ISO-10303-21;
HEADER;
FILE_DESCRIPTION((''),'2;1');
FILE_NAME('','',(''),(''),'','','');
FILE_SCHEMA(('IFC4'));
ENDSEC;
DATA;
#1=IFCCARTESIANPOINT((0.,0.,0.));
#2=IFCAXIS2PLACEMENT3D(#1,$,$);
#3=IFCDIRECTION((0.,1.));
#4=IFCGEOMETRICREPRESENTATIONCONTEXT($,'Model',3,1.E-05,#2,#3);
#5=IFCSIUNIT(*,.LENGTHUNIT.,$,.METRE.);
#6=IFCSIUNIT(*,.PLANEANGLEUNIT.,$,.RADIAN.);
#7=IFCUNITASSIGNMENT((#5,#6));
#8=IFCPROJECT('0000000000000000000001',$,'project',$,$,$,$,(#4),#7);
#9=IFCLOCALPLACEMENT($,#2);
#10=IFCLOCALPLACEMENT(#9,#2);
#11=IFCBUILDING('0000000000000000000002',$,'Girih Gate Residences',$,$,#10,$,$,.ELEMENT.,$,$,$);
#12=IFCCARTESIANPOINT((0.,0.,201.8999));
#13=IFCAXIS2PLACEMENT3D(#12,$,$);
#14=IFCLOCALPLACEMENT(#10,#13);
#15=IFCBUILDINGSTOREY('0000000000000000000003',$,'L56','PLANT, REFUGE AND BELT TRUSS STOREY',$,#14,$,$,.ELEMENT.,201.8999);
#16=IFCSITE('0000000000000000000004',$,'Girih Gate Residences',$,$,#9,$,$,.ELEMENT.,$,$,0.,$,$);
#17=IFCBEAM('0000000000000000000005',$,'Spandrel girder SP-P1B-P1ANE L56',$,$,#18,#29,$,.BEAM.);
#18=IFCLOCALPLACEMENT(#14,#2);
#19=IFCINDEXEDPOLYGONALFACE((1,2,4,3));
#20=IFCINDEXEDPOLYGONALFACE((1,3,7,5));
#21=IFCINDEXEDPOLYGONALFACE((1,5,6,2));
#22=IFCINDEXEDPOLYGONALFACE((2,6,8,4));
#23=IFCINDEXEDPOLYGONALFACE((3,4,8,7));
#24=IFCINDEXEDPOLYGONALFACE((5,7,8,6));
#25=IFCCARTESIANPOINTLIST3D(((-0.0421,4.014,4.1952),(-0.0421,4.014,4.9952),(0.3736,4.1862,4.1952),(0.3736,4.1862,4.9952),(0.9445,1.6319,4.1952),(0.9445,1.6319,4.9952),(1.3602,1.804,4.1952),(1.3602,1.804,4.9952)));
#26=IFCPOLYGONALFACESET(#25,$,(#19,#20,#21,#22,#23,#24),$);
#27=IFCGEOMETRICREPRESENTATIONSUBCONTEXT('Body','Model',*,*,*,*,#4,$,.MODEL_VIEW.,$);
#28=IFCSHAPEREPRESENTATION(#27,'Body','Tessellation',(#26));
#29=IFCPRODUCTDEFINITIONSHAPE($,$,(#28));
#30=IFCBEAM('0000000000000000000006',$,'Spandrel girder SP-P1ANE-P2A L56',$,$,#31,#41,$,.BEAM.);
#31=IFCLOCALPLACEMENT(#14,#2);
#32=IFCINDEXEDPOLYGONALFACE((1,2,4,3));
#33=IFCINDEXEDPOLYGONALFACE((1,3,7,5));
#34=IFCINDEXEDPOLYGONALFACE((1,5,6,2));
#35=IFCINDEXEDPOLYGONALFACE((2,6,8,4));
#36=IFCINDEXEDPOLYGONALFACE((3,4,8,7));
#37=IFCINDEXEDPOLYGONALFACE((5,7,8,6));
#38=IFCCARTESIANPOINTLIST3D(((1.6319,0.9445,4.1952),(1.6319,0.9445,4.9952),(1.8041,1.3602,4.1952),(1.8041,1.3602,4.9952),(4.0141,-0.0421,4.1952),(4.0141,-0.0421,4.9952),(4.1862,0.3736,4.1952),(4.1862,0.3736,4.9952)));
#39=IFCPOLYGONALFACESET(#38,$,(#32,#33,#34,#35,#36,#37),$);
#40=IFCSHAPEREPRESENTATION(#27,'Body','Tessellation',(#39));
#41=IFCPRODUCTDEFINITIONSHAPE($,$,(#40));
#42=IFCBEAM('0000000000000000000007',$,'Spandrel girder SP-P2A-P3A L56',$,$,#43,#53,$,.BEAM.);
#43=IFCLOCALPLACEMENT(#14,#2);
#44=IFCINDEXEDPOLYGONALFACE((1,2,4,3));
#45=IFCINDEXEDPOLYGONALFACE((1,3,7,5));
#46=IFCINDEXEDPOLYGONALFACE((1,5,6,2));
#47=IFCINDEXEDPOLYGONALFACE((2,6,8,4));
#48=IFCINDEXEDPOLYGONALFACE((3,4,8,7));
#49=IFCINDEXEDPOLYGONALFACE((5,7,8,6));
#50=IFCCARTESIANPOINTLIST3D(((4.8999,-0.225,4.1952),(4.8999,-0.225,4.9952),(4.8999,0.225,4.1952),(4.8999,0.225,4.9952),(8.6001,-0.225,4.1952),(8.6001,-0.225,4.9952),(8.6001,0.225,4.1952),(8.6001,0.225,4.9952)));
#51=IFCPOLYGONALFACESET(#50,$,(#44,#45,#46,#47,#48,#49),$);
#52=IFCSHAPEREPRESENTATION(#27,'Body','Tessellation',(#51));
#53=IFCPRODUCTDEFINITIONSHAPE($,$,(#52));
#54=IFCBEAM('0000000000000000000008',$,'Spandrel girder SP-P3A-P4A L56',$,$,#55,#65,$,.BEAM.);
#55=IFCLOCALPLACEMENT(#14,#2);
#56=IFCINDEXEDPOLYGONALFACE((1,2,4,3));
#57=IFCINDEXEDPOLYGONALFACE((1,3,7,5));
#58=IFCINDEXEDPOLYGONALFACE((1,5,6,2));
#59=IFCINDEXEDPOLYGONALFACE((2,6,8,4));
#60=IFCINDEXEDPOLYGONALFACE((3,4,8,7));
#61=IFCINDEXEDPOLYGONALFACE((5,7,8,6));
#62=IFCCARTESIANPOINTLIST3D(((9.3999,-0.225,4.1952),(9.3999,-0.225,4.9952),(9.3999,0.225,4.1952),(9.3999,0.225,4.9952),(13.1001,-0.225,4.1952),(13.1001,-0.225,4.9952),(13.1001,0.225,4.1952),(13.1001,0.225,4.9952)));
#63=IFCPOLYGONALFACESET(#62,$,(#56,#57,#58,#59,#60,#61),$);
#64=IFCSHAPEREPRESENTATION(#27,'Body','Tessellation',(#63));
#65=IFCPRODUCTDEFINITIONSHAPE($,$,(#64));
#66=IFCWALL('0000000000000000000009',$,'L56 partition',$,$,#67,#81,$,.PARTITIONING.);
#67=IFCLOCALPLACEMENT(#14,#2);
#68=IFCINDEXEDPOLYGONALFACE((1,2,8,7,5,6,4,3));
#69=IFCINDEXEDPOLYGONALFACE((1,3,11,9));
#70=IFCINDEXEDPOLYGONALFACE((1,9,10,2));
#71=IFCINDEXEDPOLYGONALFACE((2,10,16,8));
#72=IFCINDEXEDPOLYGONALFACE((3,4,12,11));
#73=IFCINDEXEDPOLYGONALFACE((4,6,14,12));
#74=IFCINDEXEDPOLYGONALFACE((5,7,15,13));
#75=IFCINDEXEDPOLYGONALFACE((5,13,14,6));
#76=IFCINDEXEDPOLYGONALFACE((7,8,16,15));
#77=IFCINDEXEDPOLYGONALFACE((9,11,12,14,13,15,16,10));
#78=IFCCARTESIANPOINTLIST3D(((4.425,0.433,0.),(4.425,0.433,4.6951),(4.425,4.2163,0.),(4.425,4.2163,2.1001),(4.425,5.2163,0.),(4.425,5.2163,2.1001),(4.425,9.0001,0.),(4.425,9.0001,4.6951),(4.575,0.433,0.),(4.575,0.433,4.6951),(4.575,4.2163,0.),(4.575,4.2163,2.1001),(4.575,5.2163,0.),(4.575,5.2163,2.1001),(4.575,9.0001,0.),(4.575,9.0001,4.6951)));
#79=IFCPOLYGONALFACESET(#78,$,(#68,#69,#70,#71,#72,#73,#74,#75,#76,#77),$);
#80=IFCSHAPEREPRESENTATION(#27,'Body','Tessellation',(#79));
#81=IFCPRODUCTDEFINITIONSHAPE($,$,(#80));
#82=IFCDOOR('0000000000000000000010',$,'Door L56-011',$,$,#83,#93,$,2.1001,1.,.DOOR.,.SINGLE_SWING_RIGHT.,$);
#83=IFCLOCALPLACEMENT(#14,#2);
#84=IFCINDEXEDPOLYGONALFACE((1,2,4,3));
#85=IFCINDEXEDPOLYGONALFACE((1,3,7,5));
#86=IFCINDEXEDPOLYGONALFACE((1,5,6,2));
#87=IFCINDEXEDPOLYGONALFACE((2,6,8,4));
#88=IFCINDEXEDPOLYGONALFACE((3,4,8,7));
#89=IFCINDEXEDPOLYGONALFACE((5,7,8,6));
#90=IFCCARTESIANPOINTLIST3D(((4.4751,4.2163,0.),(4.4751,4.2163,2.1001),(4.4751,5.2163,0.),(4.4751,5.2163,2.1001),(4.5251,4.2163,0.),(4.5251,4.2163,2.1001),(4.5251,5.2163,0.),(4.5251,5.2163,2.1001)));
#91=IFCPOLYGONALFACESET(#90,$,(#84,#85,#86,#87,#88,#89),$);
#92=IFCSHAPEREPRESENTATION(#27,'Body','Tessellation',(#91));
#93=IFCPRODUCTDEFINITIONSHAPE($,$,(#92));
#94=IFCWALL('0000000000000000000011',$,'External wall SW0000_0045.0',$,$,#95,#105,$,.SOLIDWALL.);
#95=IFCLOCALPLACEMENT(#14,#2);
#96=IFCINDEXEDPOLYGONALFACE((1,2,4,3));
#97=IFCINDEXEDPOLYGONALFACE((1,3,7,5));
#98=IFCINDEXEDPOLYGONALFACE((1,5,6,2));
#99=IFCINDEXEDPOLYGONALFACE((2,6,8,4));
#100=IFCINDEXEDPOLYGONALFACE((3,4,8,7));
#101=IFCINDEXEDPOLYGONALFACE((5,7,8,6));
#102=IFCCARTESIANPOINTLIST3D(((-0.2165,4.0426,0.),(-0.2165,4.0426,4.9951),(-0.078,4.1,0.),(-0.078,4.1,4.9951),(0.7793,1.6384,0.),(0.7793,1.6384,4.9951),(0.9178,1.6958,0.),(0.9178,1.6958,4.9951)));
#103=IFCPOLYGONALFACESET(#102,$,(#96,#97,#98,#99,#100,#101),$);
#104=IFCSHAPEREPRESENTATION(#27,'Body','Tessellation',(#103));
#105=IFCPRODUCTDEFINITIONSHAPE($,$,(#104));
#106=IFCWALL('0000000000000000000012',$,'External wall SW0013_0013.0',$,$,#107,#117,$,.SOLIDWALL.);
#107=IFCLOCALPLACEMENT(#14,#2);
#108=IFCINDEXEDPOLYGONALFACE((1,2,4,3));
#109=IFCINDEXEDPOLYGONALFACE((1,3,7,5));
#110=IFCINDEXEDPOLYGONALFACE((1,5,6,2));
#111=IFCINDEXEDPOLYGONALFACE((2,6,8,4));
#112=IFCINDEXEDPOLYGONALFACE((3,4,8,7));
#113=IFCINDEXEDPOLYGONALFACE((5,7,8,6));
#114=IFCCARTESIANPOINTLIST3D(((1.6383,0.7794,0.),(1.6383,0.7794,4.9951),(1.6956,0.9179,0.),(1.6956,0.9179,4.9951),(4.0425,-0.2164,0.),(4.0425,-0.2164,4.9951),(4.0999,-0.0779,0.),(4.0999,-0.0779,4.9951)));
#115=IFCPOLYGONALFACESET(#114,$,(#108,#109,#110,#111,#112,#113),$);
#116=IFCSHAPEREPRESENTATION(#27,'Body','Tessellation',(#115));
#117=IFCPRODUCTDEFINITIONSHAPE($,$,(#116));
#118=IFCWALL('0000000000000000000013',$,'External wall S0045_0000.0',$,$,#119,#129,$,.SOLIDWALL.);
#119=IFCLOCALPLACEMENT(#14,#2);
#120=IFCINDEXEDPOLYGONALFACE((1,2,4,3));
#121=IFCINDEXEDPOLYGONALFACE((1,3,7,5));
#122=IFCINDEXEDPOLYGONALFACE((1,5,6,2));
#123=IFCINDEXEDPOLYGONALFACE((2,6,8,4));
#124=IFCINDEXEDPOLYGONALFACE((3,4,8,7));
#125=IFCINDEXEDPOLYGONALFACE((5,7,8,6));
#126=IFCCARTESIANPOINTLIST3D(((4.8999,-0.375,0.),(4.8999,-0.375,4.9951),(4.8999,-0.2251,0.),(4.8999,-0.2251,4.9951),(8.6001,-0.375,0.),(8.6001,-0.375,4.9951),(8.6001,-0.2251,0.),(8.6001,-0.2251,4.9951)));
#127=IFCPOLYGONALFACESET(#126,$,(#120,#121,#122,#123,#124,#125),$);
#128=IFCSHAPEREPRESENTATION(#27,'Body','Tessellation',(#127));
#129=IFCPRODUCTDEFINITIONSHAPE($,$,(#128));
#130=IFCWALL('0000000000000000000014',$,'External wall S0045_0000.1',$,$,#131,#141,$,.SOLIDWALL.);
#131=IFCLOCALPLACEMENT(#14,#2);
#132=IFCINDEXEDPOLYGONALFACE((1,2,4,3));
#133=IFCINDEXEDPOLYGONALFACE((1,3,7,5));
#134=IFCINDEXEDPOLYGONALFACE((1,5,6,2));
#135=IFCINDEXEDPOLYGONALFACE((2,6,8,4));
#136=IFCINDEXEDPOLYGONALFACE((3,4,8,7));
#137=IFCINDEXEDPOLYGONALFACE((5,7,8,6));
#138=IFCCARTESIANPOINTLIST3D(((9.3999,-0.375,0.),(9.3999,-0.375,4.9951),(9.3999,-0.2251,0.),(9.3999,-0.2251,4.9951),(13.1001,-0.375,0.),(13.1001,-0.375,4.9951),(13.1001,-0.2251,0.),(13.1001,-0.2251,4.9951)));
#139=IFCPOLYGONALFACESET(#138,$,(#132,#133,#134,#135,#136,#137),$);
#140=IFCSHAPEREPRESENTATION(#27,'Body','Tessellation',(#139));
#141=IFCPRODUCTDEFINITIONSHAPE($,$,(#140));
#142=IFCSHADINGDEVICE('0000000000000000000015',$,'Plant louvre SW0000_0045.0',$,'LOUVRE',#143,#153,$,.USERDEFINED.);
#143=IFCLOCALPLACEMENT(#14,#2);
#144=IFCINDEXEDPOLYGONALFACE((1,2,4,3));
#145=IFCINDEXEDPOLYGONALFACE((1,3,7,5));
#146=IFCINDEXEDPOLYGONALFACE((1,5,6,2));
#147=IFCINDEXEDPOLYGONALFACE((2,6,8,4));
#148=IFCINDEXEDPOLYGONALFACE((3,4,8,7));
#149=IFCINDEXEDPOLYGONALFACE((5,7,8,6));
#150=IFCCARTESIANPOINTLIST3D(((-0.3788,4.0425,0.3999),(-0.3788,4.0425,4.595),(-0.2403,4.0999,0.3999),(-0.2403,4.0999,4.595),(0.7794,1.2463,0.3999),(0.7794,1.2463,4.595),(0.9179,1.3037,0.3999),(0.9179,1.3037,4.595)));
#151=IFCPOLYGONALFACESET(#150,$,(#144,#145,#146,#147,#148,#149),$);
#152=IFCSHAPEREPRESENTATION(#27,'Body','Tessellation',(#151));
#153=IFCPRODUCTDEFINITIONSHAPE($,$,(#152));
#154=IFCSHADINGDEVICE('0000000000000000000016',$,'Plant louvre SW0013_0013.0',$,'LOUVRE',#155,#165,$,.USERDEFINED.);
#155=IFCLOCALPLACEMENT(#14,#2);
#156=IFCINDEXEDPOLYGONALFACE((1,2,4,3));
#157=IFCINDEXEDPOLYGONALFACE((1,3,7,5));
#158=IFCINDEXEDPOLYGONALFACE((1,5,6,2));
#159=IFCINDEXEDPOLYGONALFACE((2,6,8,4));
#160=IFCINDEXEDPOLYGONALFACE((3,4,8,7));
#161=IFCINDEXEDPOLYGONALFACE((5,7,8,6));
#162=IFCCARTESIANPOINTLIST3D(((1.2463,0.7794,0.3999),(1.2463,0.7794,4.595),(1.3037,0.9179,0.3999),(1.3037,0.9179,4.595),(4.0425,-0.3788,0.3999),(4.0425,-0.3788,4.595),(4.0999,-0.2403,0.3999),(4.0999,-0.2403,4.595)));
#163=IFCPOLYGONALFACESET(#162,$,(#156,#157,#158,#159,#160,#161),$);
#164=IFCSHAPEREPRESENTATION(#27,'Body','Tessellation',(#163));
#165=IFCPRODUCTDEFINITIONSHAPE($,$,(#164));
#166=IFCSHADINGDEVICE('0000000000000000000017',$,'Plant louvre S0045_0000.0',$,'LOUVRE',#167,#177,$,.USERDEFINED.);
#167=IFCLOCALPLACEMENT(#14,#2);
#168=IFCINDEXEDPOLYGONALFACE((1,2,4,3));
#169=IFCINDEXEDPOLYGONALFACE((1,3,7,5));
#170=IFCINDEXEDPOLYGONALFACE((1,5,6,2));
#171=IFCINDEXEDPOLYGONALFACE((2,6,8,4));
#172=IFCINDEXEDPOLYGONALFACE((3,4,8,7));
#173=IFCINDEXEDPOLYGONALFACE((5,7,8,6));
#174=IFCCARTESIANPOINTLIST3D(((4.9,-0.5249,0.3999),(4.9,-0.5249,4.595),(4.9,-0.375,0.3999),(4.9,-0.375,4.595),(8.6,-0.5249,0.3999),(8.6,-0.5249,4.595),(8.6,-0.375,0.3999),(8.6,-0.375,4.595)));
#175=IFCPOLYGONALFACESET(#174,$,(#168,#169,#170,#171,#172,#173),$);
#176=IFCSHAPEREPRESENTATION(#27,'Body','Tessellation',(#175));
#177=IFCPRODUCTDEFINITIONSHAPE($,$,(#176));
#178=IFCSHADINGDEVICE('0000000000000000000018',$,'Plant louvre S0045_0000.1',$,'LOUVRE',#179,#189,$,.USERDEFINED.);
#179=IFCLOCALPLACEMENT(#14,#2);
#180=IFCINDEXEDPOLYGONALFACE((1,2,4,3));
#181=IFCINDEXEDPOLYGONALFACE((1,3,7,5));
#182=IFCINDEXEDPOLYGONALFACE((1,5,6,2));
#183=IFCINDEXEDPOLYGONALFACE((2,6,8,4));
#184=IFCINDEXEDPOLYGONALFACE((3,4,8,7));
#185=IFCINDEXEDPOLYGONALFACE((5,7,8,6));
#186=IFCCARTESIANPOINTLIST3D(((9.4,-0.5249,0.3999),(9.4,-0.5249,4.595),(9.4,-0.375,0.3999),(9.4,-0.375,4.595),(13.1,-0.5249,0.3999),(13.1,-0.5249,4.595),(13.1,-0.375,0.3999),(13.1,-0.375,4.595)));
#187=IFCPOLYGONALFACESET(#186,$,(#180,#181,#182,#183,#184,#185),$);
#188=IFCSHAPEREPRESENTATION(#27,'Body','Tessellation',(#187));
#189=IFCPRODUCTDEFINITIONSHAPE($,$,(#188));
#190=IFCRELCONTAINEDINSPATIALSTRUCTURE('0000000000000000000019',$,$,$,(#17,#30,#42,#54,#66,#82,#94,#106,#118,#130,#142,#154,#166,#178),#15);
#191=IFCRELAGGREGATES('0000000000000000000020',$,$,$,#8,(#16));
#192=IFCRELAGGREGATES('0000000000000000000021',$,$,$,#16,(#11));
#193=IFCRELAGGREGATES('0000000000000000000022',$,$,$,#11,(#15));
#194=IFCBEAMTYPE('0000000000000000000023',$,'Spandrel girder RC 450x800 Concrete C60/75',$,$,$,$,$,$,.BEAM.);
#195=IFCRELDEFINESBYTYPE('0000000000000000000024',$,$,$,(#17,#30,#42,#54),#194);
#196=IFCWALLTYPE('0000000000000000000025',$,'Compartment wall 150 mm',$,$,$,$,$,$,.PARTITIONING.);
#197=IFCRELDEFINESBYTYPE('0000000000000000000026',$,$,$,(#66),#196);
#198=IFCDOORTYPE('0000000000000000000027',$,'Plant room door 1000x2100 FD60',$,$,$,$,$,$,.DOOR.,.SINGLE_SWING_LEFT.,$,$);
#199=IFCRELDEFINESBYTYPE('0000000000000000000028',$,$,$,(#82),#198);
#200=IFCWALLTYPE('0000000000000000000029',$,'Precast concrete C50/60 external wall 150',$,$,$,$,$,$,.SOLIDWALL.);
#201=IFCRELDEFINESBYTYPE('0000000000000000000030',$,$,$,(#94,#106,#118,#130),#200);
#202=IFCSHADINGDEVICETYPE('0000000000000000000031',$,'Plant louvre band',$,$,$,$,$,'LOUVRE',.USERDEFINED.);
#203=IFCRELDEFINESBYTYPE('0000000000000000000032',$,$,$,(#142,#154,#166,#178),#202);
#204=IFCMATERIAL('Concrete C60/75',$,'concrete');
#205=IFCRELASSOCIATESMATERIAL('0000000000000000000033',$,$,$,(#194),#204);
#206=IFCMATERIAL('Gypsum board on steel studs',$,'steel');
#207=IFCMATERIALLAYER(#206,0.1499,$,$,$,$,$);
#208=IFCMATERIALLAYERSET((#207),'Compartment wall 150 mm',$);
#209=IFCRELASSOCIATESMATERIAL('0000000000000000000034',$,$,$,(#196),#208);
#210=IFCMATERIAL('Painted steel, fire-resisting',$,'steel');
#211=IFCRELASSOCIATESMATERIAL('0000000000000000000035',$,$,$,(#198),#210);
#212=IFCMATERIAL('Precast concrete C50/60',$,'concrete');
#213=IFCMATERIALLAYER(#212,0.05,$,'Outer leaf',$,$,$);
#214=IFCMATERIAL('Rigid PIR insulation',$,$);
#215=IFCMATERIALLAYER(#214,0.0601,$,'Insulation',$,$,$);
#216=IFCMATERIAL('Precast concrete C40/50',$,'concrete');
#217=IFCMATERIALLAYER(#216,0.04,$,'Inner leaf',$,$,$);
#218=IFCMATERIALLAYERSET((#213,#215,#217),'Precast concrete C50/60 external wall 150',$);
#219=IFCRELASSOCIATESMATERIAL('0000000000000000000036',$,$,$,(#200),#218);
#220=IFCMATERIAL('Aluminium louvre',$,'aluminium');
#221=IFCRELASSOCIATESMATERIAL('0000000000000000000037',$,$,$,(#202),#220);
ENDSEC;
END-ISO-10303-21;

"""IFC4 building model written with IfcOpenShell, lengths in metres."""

from ifc_helpers import new_model, si_unit, direction, frame, frame_2d, origin, origin_2d, place, context, subcontext, project, spatial, rectangle, extrude, material, layer, layer_set, material_profile, profile_set, type_object, element, fill, save


model = new_model("IFC4")

# Units and contexts
model_context = context("Model", 3, precision=1e-05, world=origin(), true_north=direction((0.0, 1.0)))
body_context = subcontext(model_context, "Body", "Model", "MODEL_VIEW")
ifc_project = project(units=[si_unit("LENGTHUNIT", "METRE"), si_unit("PLANEANGLEUNIT", "RADIAN")], contexts=[model_context])

# Site, building, storey
site_placement = place(None, origin())
site = spatial("IfcSite", under=ifc_project, at=site_placement, Name="Girih Gate Residences", CompositionType="ELEMENT", RefElevation=0.0)
building_placement = place(site_placement, origin())
building = spatial("IfcBuilding", under=site, at=building_placement, Name="Girih Gate Residences", CompositionType="ELEMENT")
storey_placement = place(building_placement, frame((0.0, 0.0, 201.8999)))
storey = spatial("IfcBuildingStorey", under=building, at=storey_placement, Name="L56", Description="PLANT, REFUGE AND BELT TRUSS STOREY", CompositionType="ELEMENT", Elevation=201.8999)

# Shared definitions
ifc_material_1 = material(Name="Concrete C60/75", Category="concrete")

# Beams
ifc_material_profile_1 = material_profile(ifc_material_1, rectangle(XDim=0.45, YDim=0.8, at=origin_2d()))
ifc_profile_set_1 = profile_set([ifc_material_profile_1], Name="Concrete C60/75")
beam_type = type_object("IfcBeamType", Name="Spandrel girder RC 450x800 Concrete C60/75", PredefinedType="BEAM", material=ifc_profile_set_1)
for number, where, z_axis, x_axis, name in (
    (1, (0.1658, 4.1001, 4.5952), (0.382644, -0.923896, 0.0), (0.923896, 0.382644, 0.0), "Spandrel girder SP-P1B-P1ANE L56"),
    (2, (1.718, 1.1523, 4.5952), (0.923896, -0.382644, 0.0), (0.382644, 0.923896, 0.0), "Spandrel girder SP-P1ANE-P2A L56"),
):
    element("IfcBeam", number, at=place(storey_placement, frame(where, z_axis=z_axis, x_axis=x_axis)), inside=storey, type_object=beam_type, Name=name, PredefinedType="BEAM", context=body_context, shape_type="SweptSolid", body=[
        extrude(rectangle(XDim=0.45, YDim=0.8, at=origin_2d()), origin(), (0.0, 0.0, 1.0), 2.5784),
    ])
for number, where, z_axis, x_axis, name in (
    (3, (4.8999, 0.0, 4.5952), (1.0, 0.0, 0.0), (0.0, 1.0, 0.0), "Spandrel girder SP-P2A-P3A L56"),
    (4, (9.3999, 0.0, 4.5952), (1.0, 0.0, 0.0), (0.0, 1.0, 0.0), "Spandrel girder SP-P3A-P4A L56"),
):
    element("IfcBeam", number, at=place(storey_placement, frame(where, z_axis=z_axis, x_axis=x_axis)), inside=storey, type_object=beam_type, Name=name, PredefinedType="BEAM", context=body_context, shape_type="SweptSolid", body=[
        extrude(rectangle(XDim=0.45, YDim=0.8, at=origin_2d()), origin(), (0.0, 0.0, 1.0), 3.7002),
    ])

# Wall, opening, door
ifc_material_2 = material(Name="Gypsum board on steel studs", Category="steel")
ifc_layer_1 = layer(ifc_material_2, 0.1499)
ifc_layer_set_1 = layer_set([ifc_layer_1], Name="Compartment wall 150 mm")
wall_type_1 = type_object("IfcWallType", Name="Compartment wall 150 mm", PredefinedType="PARTITIONING", material=ifc_layer_set_1)
wall_placement = place(storey_placement, frame((4.5, 0.4329, 0.0), z_axis=(0.0, 0.0, 1.0), x_axis=(0.0, 1.0, 0.0)))
wall = element("IfcWall", 5, at=wall_placement, inside=storey, type_object=wall_type_1, Name="L56 partition", PredefinedType="PARTITIONING", context=body_context, shape_type="SweptSolid", body=[
    extrude(rectangle(XDim=8.5671, YDim=0.1499, at=frame_2d((4.2837, 0.0))), origin(), (0.0, 0.0, 1.0), 4.6951),
])
opening_placement = place(wall_placement, frame((3.7834, 0.0, 0.0)))
opening = element("IfcOpeningElement", 6, at=opening_placement, cuts=wall, PredefinedType="OPENING", context=body_context, shape_type="SweptSolid", body=[
    extrude(rectangle(XDim=1.0, YDim=2.1001, at=frame_2d((0.5, 1.05))), frame((0.0, 0.085, 0.0), z_axis=(0.0, -1.0, 0.0), x_axis=(1.0, 0.0, 0.0)), (0.0, 0.0, 1.0), 0.1699),
])
ifc_material_3 = material(Name="Painted steel, fire-resisting", Category="steel")
door_type = type_object("IfcDoorType", Name="Plant room door 1000x2100 FD60", OperationType="SINGLE_SWING_LEFT", PredefinedType="DOOR", material=ifc_material_3)
door_placement = place(opening_placement, origin())
door = element("IfcDoor", 7, at=door_placement, inside=storey, type_object=door_type, Name="Door L56-011", OperationType="SINGLE_SWING_RIGHT", OverallHeight=2.1001, OverallWidth=1.0, PredefinedType="DOOR", context=body_context, shape_type="SweptSolid", body=[
    extrude(rectangle(XDim=1.0, YDim=2.1001, at=frame_2d((0.5, 1.05))), frame((0.0, 0.0249, 0.0), z_axis=(0.0, -1.0, 0.0), x_axis=(1.0, 0.0, 0.0)), (0.0, 0.0, 1.0), 0.05),
])
fill(opening, door)

# Walls
ifc_material_4 = material(Name="Precast concrete C50/60", Category="concrete")
ifc_layer_2 = layer(ifc_material_4, 0.05, Name="Outer leaf")
ifc_material_5 = material(Name="Rigid PIR insulation")
ifc_layer_3 = layer(ifc_material_5, 0.0601, Name="Insulation")
ifc_material_6 = material(Name="Precast concrete C40/50", Category="concrete")
ifc_layer_4 = layer(ifc_material_6, 0.04, Name="Inner leaf")
ifc_layer_set_2 = layer_set([ifc_layer_2, ifc_layer_3, ifc_layer_4], Name="Precast concrete C50/60 external wall 150")
wall_type_2 = type_object("IfcWallType", Name="Precast concrete C50/60 external wall 150", PredefinedType="SOLIDWALL", material=ifc_layer_set_2)
for number, where, z_axis, x_axis, name in (
    (8, (0.8486, 1.667, 0.0), (0.0, 0.0, 1.0), (-0.382669, 0.923885, 0.0), "External wall SW0000_0045.0"),
    (9, (4.0713, -0.1472, 0.0), (0.0, 0.0, 1.0), (-0.923885, 0.382669, 0.0), "External wall SW0013_0013.0"),
):
    element("IfcWall", number, at=place(storey_placement, frame(where, z_axis=z_axis, x_axis=x_axis)), inside=storey, type_object=wall_type_2, Name=name, PredefinedType="SOLIDWALL", context=body_context, shape_type="SweptSolid", body=[
        extrude(rectangle(XDim=2.6023, YDim=0.1499, at=frame_2d((1.3013, 0.0))), origin(), (0.0, 0.0, 1.0), 4.9951),
    ])
for number, where, z_axis, x_axis, name in (
    (10, (8.6001, -0.3, 0.0), (0.0, 0.0, 1.0), (-1.0, 0.0, 0.0), "External wall S0045_0000.0"),
    (11, (13.1001, -0.3, 0.0), (0.0, 0.0, 1.0), (-1.0, 0.0, 0.0), "External wall S0045_0000.1"),
):
    element("IfcWall", number, at=place(storey_placement, frame(where, z_axis=z_axis, x_axis=x_axis)), inside=storey, type_object=wall_type_2, Name=name, PredefinedType="SOLIDWALL", context=body_context, shape_type="SweptSolid", body=[
        extrude(rectangle(XDim=3.7002, YDim=0.1499, at=frame_2d((1.8501, 0.0))), origin(), (0.0, 0.0, 1.0), 4.9951),
    ])

# Shading devices
ifc_material_7 = material(Name="Aluminium louvre", Category="aluminium")
shading_device_type = type_object("IfcShadingDeviceType", Name="Plant louvre band", ElementType="LOUVRE", PredefinedType="USERDEFINED", material=ifc_material_7)
for number, where, z_axis, x_axis, name in (
    (12, (0.2695, 2.6731, 0.3999), (0.0, 0.0, 1.0), (0.382683, -0.92388, 0.0), "Plant louvre SW0000_0045.0"),
    (13, (2.6731, 0.2695, 0.3999), (0.0, 0.0, 1.0), (0.92388, -0.382683, 0.0), "Plant louvre SW0013_0013.0"),
):
    element("IfcShadingDevice", number, at=place(storey_placement, frame(where, z_axis=z_axis, x_axis=x_axis)), inside=storey, type_object=shading_device_type, Name=name, ObjectType="LOUVRE", PredefinedType="USERDEFINED", context=body_context, shape_type="SweptSolid", body=[
        extrude(rectangle(XDim=3.0266, YDim=0.1499, at=origin_2d()), origin(), (0.0, 0.0, 1.0), 4.1951),
    ])
for number, where, z_axis, x_axis, name in (
    (14, (6.75, -0.45, 0.3999), (0.0, 0.0, 1.0), (1.0, 0.0, 0.0), "Plant louvre S0045_0000.0"),
    (15, (11.25, -0.45, 0.3999), (0.0, 0.0, 1.0), (1.0, 0.0, 0.0), "Plant louvre S0045_0000.1"),
):
    element("IfcShadingDevice", number, at=place(storey_placement, frame(where, z_axis=z_axis, x_axis=x_axis)), inside=storey, type_object=shading_device_type, Name=name, ObjectType="LOUVRE", PredefinedType="USERDEFINED", context=body_context, shape_type="SweptSolid", body=[
        extrude(rectangle(XDim=3.7, YDim=0.1499, at=origin_2d()), origin(), (0.0, 0.0, 1.0), 4.1951),
    ])

save(model, "model.ifc")
